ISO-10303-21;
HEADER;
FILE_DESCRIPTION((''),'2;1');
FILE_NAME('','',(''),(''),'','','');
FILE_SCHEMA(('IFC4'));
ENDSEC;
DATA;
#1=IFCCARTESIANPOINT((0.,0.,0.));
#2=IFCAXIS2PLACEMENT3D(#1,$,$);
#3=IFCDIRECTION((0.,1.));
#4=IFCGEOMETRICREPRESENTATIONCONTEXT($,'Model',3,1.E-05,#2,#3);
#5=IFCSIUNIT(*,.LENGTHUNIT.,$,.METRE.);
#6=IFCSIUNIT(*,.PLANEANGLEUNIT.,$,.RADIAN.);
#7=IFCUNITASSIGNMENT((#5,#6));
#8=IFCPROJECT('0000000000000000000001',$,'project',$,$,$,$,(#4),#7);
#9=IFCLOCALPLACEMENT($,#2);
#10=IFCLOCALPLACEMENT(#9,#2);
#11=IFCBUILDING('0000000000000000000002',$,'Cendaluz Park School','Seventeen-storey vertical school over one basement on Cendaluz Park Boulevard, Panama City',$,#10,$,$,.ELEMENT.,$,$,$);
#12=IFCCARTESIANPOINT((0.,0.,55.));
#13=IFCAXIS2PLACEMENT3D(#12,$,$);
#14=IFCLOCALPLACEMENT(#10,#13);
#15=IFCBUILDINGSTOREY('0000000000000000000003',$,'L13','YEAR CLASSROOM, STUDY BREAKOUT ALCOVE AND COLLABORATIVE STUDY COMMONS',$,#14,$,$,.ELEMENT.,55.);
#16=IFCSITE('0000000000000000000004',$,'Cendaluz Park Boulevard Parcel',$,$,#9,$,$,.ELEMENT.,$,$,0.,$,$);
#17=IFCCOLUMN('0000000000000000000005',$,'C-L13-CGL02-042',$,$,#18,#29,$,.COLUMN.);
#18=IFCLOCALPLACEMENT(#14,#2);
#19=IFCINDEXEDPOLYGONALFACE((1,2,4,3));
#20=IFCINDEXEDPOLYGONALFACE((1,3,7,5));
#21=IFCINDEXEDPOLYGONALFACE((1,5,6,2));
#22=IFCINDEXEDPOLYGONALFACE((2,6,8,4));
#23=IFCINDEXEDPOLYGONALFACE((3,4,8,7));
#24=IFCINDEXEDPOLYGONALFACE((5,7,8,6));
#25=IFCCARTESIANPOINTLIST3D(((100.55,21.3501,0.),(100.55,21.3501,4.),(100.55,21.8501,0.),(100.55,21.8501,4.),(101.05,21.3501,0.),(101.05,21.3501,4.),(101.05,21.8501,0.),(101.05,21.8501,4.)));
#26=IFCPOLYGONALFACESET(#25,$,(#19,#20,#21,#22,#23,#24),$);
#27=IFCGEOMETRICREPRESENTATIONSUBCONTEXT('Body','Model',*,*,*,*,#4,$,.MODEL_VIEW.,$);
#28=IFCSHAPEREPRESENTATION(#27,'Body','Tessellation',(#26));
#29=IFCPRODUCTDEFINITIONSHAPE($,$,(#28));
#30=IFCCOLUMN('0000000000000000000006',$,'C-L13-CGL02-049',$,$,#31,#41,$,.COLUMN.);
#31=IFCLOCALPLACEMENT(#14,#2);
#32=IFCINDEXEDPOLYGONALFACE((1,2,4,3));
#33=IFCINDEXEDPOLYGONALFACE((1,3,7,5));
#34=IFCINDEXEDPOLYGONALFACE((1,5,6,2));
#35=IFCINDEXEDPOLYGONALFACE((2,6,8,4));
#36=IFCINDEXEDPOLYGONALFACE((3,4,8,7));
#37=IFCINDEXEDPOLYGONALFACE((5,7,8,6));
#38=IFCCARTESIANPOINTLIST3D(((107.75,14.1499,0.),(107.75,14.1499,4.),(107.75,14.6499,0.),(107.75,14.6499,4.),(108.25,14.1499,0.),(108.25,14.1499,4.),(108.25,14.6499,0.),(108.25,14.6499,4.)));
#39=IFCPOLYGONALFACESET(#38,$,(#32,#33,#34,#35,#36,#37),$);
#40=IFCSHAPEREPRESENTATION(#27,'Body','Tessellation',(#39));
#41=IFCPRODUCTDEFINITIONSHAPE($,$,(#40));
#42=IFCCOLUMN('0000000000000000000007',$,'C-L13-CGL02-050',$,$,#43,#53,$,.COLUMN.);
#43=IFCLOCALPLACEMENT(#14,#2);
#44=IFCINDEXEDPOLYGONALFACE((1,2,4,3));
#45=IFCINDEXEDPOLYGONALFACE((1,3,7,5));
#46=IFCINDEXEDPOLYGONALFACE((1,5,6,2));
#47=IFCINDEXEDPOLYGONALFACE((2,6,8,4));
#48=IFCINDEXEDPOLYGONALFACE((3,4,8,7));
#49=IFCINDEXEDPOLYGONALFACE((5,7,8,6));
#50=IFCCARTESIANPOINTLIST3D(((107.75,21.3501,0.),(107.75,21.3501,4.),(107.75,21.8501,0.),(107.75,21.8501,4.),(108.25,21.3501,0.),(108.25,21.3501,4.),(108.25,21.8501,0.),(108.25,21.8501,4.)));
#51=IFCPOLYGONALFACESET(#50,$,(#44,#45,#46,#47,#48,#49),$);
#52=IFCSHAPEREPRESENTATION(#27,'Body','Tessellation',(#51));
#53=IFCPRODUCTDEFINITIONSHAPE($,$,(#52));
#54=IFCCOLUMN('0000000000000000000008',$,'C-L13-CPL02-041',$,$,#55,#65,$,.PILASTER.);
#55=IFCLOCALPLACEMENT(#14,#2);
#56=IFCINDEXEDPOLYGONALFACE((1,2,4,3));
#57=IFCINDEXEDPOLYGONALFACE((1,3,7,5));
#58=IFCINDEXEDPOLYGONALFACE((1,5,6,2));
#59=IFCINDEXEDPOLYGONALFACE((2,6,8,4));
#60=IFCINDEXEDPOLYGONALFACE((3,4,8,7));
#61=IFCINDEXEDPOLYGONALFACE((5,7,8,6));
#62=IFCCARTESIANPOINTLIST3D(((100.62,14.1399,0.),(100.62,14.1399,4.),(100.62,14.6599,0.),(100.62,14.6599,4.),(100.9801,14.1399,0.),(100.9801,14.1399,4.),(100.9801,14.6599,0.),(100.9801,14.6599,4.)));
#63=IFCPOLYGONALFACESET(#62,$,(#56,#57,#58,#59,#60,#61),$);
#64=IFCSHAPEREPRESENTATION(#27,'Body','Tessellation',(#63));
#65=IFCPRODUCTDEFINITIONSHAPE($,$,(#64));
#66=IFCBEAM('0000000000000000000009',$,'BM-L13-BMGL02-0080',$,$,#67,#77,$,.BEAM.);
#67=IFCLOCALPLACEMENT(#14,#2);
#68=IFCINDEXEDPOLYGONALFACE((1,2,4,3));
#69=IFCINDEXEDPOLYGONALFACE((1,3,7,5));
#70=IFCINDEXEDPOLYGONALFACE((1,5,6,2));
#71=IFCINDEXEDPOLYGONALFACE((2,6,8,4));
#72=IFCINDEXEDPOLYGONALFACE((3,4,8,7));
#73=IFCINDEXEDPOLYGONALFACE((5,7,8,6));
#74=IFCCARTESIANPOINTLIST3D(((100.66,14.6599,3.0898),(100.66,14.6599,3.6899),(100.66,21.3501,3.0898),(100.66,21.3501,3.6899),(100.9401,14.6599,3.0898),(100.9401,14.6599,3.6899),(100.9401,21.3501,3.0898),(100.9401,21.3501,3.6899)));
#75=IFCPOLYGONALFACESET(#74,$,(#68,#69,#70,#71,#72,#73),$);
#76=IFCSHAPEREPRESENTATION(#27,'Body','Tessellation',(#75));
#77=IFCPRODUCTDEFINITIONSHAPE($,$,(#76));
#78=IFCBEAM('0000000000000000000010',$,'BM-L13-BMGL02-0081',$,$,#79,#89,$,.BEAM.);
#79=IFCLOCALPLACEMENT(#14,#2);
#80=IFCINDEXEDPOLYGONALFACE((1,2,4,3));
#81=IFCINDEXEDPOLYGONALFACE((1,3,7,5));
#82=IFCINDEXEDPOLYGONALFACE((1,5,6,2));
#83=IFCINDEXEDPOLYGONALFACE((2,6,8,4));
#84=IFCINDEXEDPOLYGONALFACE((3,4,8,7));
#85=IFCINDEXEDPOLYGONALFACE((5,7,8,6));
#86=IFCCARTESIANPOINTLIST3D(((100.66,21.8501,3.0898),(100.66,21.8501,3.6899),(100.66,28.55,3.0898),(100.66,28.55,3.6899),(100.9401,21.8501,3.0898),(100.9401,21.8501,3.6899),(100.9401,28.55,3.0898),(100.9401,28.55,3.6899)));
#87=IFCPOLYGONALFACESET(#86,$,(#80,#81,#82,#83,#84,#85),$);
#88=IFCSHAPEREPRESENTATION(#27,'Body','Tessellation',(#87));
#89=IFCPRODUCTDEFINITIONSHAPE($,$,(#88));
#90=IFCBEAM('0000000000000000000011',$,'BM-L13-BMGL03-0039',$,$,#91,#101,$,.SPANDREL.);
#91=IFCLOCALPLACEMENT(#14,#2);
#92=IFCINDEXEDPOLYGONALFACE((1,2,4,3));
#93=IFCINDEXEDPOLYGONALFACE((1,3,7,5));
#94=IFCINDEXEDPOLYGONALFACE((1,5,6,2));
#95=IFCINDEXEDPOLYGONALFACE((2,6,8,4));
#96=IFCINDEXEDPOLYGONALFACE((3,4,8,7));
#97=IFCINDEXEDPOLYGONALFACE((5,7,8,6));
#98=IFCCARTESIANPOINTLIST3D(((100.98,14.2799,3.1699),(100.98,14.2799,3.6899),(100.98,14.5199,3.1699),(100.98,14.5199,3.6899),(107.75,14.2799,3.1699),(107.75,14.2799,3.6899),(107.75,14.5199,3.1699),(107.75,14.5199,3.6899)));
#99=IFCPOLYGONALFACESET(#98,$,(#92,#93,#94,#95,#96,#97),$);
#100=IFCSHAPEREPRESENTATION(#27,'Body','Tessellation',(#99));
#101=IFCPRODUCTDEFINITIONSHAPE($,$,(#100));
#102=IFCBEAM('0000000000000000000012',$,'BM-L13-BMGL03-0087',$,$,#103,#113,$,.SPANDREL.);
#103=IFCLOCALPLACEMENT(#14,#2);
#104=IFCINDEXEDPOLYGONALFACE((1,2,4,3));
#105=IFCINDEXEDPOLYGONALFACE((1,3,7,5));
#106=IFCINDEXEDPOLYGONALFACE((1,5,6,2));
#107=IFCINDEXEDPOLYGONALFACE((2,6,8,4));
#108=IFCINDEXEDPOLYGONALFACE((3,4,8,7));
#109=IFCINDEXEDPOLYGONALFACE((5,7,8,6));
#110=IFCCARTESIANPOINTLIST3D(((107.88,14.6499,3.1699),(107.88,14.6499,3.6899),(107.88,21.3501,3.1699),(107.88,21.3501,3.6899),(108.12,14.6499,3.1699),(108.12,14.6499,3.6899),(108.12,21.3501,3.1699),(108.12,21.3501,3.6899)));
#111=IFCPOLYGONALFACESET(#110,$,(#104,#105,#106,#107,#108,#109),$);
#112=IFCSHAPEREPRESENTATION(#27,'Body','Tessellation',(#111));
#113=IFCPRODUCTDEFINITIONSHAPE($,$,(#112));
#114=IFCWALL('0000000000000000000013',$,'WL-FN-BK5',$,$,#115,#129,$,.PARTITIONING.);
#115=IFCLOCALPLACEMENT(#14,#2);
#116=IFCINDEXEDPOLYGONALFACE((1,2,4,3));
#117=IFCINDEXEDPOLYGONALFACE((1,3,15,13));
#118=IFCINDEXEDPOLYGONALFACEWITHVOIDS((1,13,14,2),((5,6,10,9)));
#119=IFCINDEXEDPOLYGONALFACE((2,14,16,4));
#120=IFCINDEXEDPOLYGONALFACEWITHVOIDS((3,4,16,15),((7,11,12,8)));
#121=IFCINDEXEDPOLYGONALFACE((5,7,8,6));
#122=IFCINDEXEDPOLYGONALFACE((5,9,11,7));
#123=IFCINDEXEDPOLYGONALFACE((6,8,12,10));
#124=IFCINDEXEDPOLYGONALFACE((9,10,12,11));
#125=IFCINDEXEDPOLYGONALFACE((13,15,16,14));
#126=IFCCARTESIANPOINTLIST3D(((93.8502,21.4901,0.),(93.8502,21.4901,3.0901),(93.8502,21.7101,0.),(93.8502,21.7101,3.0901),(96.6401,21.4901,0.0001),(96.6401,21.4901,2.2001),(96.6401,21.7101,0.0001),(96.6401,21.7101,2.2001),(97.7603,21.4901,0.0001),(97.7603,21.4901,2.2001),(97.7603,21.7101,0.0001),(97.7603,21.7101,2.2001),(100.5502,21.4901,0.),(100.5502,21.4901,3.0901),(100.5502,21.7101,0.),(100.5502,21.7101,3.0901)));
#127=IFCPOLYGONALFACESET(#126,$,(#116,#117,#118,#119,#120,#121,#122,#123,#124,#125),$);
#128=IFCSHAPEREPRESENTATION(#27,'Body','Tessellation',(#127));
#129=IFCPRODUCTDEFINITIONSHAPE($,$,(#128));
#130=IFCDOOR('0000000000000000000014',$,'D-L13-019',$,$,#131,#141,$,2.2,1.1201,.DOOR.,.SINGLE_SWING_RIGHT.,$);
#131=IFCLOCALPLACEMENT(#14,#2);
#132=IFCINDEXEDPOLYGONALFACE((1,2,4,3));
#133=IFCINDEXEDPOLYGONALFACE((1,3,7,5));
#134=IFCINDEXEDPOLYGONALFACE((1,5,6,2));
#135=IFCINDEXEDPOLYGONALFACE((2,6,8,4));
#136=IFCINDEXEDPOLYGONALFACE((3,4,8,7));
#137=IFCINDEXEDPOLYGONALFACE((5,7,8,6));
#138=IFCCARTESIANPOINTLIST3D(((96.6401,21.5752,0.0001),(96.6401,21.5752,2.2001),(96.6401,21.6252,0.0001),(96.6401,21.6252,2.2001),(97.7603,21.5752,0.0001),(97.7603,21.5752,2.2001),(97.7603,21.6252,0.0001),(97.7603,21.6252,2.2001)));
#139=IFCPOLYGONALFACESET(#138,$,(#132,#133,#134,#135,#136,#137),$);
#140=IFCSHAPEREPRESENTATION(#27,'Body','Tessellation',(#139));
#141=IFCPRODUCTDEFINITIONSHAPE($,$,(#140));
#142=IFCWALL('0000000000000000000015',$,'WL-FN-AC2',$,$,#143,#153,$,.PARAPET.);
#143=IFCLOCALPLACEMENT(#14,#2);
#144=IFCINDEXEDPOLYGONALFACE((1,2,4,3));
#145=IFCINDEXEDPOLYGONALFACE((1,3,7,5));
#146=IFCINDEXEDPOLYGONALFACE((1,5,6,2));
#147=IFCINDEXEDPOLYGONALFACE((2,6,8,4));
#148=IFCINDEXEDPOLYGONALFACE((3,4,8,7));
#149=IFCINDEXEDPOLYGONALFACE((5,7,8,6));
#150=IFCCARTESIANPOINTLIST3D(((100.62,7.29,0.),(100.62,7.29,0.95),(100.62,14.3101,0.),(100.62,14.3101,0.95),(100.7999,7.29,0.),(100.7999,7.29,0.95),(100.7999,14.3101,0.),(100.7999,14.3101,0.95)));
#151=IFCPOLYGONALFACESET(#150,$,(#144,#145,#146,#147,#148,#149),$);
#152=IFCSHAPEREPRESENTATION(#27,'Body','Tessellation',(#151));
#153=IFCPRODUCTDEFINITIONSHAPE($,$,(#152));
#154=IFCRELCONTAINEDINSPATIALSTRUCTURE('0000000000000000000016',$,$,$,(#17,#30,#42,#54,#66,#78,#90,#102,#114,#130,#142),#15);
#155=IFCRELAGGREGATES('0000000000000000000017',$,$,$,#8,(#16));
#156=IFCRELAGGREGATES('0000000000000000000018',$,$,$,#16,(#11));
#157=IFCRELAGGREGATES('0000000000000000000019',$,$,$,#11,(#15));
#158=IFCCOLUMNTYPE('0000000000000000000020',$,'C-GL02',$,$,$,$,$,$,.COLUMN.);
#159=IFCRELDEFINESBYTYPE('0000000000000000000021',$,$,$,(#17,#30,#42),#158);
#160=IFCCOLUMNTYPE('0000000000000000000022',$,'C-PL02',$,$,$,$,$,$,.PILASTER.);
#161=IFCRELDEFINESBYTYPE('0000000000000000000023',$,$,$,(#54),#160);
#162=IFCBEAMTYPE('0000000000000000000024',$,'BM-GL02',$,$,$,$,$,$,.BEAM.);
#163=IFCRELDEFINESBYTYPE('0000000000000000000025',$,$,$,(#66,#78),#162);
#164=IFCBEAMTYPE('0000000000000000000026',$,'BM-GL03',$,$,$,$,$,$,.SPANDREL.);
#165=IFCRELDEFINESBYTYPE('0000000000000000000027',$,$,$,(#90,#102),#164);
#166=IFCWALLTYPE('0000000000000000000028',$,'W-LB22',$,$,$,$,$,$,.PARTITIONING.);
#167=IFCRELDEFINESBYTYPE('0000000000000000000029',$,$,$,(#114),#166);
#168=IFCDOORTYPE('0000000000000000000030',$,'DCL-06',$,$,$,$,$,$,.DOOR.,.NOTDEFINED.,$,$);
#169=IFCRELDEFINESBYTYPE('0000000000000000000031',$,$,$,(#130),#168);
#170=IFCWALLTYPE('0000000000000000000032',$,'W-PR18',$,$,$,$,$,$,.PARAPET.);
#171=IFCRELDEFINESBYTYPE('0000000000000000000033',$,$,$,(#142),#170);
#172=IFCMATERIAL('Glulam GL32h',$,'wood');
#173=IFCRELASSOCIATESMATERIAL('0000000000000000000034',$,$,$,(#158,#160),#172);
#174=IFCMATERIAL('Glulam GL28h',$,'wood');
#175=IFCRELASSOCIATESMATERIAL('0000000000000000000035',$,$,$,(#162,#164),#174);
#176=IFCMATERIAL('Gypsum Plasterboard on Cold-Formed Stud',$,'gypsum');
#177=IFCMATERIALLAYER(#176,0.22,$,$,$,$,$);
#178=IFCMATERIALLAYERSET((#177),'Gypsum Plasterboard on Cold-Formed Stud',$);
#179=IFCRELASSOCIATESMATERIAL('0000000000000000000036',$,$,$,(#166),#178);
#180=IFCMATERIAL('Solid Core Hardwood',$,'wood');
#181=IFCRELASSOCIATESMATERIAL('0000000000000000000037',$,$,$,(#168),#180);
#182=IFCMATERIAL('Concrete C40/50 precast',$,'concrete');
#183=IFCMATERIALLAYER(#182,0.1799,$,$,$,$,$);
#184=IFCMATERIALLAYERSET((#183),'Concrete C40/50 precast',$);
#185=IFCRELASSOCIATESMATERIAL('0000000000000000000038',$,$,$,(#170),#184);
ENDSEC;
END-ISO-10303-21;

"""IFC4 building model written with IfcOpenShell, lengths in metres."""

from ifc_helpers import new_model, si_unit, direction, frame, frame_2d, origin, origin_2d, place, context, subcontext, project, spatial, rectangle, extrude, material, layer, layer_set, material_profile, profile_set, type_object, element, fill, save


model = new_model("IFC4")

# Units and contexts
model_context = context("Model", 3, precision=1e-05, world=origin(), true_north=direction((0.0, 1.0)))
body_context = subcontext(model_context, "Body", "Model", "MODEL_VIEW")
ifc_project = project(units=[si_unit("LENGTHUNIT", "METRE"), si_unit("PLANEANGLEUNIT", "RADIAN")], contexts=[model_context])

# Site, building, storey
site_placement = place(None, origin())
site = spatial("IfcSite", under=ifc_project, at=site_placement, Name="Cendaluz Park Boulevard Parcel", CompositionType="ELEMENT", RefElevation=0.0)
building_placement = place(site_placement, origin())
building = spatial("IfcBuilding", under=site, at=building_placement, Name="Cendaluz Park School", Description="Seventeen-storey vertical school over one basement on Cendaluz Park Boulevard, Panama City", CompositionType="ELEMENT")
storey_placement = place(building_placement, frame((0.0, 0.0, 55.0)))
storey = spatial("IfcBuildingStorey", under=building, at=storey_placement, Name="L13", Description="YEAR CLASSROOM, STUDY BREAKOUT ALCOVE AND COLLABORATIVE STUDY COMMONS", CompositionType="ELEMENT", Elevation=55.0)

# Columns
ifc_material_1 = material(Name="Glulam GL32h", Category="wood")
ifc_material_profile_1 = material_profile(ifc_material_1, rectangle(XDim=0.5, YDim=0.5, at=origin_2d()), Name="GL32h 500x500", Category="wood")
ifc_profile_set_1 = profile_set([ifc_material_profile_1], Name="Glulam GL32h")
column_type_1 = type_object("IfcColumnType", Name="C-GL02", PredefinedType="COLUMN", material=ifc_profile_set_1)
for number, where, z_axis, x_axis, name in (
    (1, (100.8, 21.6001, 0.0), (0.0, 0.0, 1.0), (1.0, 0.0, 0.0), "C-L13-CGL02-042"),
    (2, (108.0, 14.3999, 0.0), (0.0, 0.0, 1.0), (1.0, 0.0, 0.0), "C-L13-CGL02-049"),
    (3, (108.0, 21.6001, 0.0), (0.0, 0.0, 1.0), (1.0, 0.0, 0.0), "C-L13-CGL02-050"),
):
    element("IfcColumn", number, at=place(storey_placement, frame(where, z_axis=z_axis, x_axis=x_axis)), inside=storey, type_object=column_type_1, Name=name, PredefinedType="COLUMN", context=body_context, shape_type="SweptSolid", body=[
        extrude(rectangle(XDim=0.5, YDim=0.5, at=origin_2d()), origin(), (0.0, 0.0, 1.0), 4.0),
    ])
ifc_material_profile_2 = material_profile(ifc_material_1, rectangle(XDim=0.3601, YDim=0.52, at=origin_2d()), Name="GL32h 360x520", Category="wood")
ifc_profile_set_2 = profile_set([ifc_material_profile_2], Name="Glulam GL32h")
column_type_2 = type_object("IfcColumnType", Name="C-PL02", PredefinedType="PILASTER", material=ifc_profile_set_2)
column_placement = place(storey_placement, frame((100.8, 14.3999, 0.0), z_axis=(0.0, 0.0, 1.0), x_axis=(1.0, 0.0, 0.0)))
element("IfcColumn", 4, at=column_placement, inside=storey, type_object=column_type_2, Name="C-L13-CPL02-041", PredefinedType="PILASTER", context=body_context, shape_type="SweptSolid", body=[
    extrude(rectangle(XDim=0.3601, YDim=0.52, at=origin_2d()), origin(), (0.0, 0.0, 1.0), 4.0),
])

# Beams
ifc_material_2 = material(Name="Glulam GL28h", Category="wood")
ifc_material_profile_3 = material_profile(ifc_material_2, rectangle(XDim=0.28, YDim=0.6001, at=origin_2d()), Name="GL28h 280x600", Category="wood")
ifc_profile_set_3 = profile_set([ifc_material_profile_3], Name="Glulam GL28h")
beam_type_1 = type_object("IfcBeamType", Name="BM-GL02", PredefinedType="BEAM", material=ifc_profile_set_3)
beam_1_placement = place(storey_placement, frame((100.8, 14.6599, 3.3899), z_axis=(0.0, 1.0, 0.0), x_axis=(-1.0, 0.0, 0.0)))
element("IfcBeam", 5, at=beam_1_placement, inside=storey, type_object=beam_type_1, Name="BM-L13-BMGL02-0080", PredefinedType="BEAM", context=body_context, shape_type="SweptSolid", body=[
    extrude(rectangle(XDim=0.28, YDim=0.6001, at=origin_2d()), origin(), (0.0, 0.0, 1.0), 6.6902),
])
beam_2_placement = place(storey_placement, frame((100.8, 21.8501, 3.3899), z_axis=(0.0, 1.0, 0.0), x_axis=(-1.0, 0.0, 0.0)))
element("IfcBeam", 6, at=beam_2_placement, inside=storey, type_object=beam_type_1, Name="BM-L13-BMGL02-0081", PredefinedType="BEAM", context=body_context, shape_type="SweptSolid", body=[
    extrude(rectangle(XDim=0.28, YDim=0.6001, at=origin_2d()), origin(), (0.0, 0.0, 1.0), 6.7),
])
ifc_material_profile_4 = material_profile(ifc_material_2, rectangle(XDim=0.24, YDim=0.52, at=origin_2d()), Name="GL28h 240x520", Category="wood")
ifc_profile_set_4 = profile_set([ifc_material_profile_4], Name="Glulam GL28h")
beam_type_2 = type_object("IfcBeamType", Name="BM-GL03", PredefinedType="SPANDREL", material=ifc_profile_set_4)
beam_3_placement = place(storey_placement, frame((100.98, 14.3999, 3.4299), z_axis=(1.0, 0.0, 0.0), x_axis=(0.0, 1.0, 0.0)))
element("IfcBeam", 7, at=beam_3_placement, inside=storey, type_object=beam_type_2, Name="BM-L13-BMGL03-0039", PredefinedType="SPANDREL", context=body_context, shape_type="SweptSolid", body=[
    extrude(rectangle(XDim=0.24, YDim=0.52, at=origin_2d()), origin(), (0.0, 0.0, 1.0), 6.77),
])
beam_4_placement = place(storey_placement, frame((108.0, 14.6499, 3.4299), z_axis=(0.0, 1.0, 0.0), x_axis=(-1.0, 0.0, 0.0)))
element("IfcBeam", 8, at=beam_4_placement, inside=storey, type_object=beam_type_2, Name="BM-L13-BMGL03-0087", PredefinedType="SPANDREL", context=body_context, shape_type="SweptSolid", body=[
    extrude(rectangle(XDim=0.24, YDim=0.52, at=origin_2d()), origin(), (0.0, 0.0, 1.0), 6.7002),
])

# Shared definitions
ifc_material_3 = material(Name="Solid Core Hardwood", Category="wood")

# Wall, opening, door
ifc_material_4 = material(Name="Gypsum Plasterboard on Cold-Formed Stud", Category="gypsum")
ifc_layer_1 = layer(ifc_material_4, 0.22)
ifc_layer_set_1 = layer_set([ifc_layer_1], Name="Gypsum Plasterboard on Cold-Formed Stud")
wall_type_1 = type_object("IfcWallType", Name="W-LB22", PredefinedType="PARTITIONING", material=ifc_layer_set_1)
wall_1_placement = place(storey_placement, frame((93.8501, 21.6001, 0.0), z_axis=(0.0, 0.0, 1.0), x_axis=(1.0, 0.0, 0.0)))
wall_1 = element("IfcWall", 9, at=wall_1_placement, inside=storey, type_object=wall_type_1, Name="WL-FN-BK5", PredefinedType="PARTITIONING", context=body_context, shape_type="SweptSolid", body=[
    extrude(rectangle(XDim=6.7, YDim=0.22, at=frame_2d((3.3501, 0.0))), origin(), (0.0, 0.0, 1.0), 3.0901),
])
opening_1_placement = place(wall_1_placement, frame((2.79, 0.0, 0.0)))
opening_1 = element("IfcOpeningElement", 10, at=opening_1_placement, cuts=wall_1, PredefinedType="OPENING", context=body_context, shape_type="SweptSolid", body=[
    extrude(rectangle(XDim=1.1201, YDim=2.2, at=frame_2d((0.5601, 1.1001))), frame((0.0, 0.1221, 0.0), z_axis=(0.0, -1.0, 0.0), x_axis=(1.0, 0.0, 0.0)), (0.0, 0.0, 1.0), 0.2439),
])
door_type_1 = type_object("IfcDoorType", Name="DCL-06", OperationType="NOTDEFINED", PredefinedType="DOOR", material=ifc_material_3)
door_1_placement = place(opening_1_placement, frame((1.1201, 0.0, 0.0), z_axis=(0.0, 0.0, 1.0), x_axis=(-1.0, 0.0, 0.0)))
door_1 = element("IfcDoor", 11, at=door_1_placement, inside=storey, type_object=door_type_1, Name="D-L13-019", OperationType="SINGLE_SWING_RIGHT", OverallHeight=2.2, OverallWidth=1.1201, PredefinedType="DOOR", context=body_context, shape_type="SweptSolid", body=[
    extrude(rectangle(XDim=1.1201, YDim=2.2, at=frame_2d((0.5601, 1.1001))), frame((0.0, 0.0249, 0.0), z_axis=(0.0, -1.0, 0.0), x_axis=(1.0, 0.0, 0.0)), (0.0, 0.0, 1.0), 0.05),
])
fill(opening_1, door_1)

# Wall
ifc_material_5 = material(Name="Concrete C40/50 precast", Category="concrete")
ifc_layer_2 = layer(ifc_material_5, 0.1799)
ifc_layer_set_2 = layer_set([ifc_layer_2], Name="Concrete C40/50 precast")
wall_type_2 = type_object("IfcWallType", Name="W-PR18", PredefinedType="PARAPET", material=ifc_layer_set_2)
wall_2_placement = place(storey_placement, frame((100.71, 7.29, 0.0), z_axis=(0.0, 0.0, 1.0), x_axis=(0.0, 1.0, 0.0)))
element("IfcWall", 12, at=wall_2_placement, inside=storey, type_object=wall_type_2, Name="WL-FN-AC2", PredefinedType="PARAPET", context=body_context, shape_type="SweptSolid", body=[
    extrude(rectangle(XDim=7.02, YDim=0.1799, at=frame_2d((3.51, 0.0))), origin(), (0.0, 0.0, 1.0), 0.95),
])

save(model, "model.ifc")
